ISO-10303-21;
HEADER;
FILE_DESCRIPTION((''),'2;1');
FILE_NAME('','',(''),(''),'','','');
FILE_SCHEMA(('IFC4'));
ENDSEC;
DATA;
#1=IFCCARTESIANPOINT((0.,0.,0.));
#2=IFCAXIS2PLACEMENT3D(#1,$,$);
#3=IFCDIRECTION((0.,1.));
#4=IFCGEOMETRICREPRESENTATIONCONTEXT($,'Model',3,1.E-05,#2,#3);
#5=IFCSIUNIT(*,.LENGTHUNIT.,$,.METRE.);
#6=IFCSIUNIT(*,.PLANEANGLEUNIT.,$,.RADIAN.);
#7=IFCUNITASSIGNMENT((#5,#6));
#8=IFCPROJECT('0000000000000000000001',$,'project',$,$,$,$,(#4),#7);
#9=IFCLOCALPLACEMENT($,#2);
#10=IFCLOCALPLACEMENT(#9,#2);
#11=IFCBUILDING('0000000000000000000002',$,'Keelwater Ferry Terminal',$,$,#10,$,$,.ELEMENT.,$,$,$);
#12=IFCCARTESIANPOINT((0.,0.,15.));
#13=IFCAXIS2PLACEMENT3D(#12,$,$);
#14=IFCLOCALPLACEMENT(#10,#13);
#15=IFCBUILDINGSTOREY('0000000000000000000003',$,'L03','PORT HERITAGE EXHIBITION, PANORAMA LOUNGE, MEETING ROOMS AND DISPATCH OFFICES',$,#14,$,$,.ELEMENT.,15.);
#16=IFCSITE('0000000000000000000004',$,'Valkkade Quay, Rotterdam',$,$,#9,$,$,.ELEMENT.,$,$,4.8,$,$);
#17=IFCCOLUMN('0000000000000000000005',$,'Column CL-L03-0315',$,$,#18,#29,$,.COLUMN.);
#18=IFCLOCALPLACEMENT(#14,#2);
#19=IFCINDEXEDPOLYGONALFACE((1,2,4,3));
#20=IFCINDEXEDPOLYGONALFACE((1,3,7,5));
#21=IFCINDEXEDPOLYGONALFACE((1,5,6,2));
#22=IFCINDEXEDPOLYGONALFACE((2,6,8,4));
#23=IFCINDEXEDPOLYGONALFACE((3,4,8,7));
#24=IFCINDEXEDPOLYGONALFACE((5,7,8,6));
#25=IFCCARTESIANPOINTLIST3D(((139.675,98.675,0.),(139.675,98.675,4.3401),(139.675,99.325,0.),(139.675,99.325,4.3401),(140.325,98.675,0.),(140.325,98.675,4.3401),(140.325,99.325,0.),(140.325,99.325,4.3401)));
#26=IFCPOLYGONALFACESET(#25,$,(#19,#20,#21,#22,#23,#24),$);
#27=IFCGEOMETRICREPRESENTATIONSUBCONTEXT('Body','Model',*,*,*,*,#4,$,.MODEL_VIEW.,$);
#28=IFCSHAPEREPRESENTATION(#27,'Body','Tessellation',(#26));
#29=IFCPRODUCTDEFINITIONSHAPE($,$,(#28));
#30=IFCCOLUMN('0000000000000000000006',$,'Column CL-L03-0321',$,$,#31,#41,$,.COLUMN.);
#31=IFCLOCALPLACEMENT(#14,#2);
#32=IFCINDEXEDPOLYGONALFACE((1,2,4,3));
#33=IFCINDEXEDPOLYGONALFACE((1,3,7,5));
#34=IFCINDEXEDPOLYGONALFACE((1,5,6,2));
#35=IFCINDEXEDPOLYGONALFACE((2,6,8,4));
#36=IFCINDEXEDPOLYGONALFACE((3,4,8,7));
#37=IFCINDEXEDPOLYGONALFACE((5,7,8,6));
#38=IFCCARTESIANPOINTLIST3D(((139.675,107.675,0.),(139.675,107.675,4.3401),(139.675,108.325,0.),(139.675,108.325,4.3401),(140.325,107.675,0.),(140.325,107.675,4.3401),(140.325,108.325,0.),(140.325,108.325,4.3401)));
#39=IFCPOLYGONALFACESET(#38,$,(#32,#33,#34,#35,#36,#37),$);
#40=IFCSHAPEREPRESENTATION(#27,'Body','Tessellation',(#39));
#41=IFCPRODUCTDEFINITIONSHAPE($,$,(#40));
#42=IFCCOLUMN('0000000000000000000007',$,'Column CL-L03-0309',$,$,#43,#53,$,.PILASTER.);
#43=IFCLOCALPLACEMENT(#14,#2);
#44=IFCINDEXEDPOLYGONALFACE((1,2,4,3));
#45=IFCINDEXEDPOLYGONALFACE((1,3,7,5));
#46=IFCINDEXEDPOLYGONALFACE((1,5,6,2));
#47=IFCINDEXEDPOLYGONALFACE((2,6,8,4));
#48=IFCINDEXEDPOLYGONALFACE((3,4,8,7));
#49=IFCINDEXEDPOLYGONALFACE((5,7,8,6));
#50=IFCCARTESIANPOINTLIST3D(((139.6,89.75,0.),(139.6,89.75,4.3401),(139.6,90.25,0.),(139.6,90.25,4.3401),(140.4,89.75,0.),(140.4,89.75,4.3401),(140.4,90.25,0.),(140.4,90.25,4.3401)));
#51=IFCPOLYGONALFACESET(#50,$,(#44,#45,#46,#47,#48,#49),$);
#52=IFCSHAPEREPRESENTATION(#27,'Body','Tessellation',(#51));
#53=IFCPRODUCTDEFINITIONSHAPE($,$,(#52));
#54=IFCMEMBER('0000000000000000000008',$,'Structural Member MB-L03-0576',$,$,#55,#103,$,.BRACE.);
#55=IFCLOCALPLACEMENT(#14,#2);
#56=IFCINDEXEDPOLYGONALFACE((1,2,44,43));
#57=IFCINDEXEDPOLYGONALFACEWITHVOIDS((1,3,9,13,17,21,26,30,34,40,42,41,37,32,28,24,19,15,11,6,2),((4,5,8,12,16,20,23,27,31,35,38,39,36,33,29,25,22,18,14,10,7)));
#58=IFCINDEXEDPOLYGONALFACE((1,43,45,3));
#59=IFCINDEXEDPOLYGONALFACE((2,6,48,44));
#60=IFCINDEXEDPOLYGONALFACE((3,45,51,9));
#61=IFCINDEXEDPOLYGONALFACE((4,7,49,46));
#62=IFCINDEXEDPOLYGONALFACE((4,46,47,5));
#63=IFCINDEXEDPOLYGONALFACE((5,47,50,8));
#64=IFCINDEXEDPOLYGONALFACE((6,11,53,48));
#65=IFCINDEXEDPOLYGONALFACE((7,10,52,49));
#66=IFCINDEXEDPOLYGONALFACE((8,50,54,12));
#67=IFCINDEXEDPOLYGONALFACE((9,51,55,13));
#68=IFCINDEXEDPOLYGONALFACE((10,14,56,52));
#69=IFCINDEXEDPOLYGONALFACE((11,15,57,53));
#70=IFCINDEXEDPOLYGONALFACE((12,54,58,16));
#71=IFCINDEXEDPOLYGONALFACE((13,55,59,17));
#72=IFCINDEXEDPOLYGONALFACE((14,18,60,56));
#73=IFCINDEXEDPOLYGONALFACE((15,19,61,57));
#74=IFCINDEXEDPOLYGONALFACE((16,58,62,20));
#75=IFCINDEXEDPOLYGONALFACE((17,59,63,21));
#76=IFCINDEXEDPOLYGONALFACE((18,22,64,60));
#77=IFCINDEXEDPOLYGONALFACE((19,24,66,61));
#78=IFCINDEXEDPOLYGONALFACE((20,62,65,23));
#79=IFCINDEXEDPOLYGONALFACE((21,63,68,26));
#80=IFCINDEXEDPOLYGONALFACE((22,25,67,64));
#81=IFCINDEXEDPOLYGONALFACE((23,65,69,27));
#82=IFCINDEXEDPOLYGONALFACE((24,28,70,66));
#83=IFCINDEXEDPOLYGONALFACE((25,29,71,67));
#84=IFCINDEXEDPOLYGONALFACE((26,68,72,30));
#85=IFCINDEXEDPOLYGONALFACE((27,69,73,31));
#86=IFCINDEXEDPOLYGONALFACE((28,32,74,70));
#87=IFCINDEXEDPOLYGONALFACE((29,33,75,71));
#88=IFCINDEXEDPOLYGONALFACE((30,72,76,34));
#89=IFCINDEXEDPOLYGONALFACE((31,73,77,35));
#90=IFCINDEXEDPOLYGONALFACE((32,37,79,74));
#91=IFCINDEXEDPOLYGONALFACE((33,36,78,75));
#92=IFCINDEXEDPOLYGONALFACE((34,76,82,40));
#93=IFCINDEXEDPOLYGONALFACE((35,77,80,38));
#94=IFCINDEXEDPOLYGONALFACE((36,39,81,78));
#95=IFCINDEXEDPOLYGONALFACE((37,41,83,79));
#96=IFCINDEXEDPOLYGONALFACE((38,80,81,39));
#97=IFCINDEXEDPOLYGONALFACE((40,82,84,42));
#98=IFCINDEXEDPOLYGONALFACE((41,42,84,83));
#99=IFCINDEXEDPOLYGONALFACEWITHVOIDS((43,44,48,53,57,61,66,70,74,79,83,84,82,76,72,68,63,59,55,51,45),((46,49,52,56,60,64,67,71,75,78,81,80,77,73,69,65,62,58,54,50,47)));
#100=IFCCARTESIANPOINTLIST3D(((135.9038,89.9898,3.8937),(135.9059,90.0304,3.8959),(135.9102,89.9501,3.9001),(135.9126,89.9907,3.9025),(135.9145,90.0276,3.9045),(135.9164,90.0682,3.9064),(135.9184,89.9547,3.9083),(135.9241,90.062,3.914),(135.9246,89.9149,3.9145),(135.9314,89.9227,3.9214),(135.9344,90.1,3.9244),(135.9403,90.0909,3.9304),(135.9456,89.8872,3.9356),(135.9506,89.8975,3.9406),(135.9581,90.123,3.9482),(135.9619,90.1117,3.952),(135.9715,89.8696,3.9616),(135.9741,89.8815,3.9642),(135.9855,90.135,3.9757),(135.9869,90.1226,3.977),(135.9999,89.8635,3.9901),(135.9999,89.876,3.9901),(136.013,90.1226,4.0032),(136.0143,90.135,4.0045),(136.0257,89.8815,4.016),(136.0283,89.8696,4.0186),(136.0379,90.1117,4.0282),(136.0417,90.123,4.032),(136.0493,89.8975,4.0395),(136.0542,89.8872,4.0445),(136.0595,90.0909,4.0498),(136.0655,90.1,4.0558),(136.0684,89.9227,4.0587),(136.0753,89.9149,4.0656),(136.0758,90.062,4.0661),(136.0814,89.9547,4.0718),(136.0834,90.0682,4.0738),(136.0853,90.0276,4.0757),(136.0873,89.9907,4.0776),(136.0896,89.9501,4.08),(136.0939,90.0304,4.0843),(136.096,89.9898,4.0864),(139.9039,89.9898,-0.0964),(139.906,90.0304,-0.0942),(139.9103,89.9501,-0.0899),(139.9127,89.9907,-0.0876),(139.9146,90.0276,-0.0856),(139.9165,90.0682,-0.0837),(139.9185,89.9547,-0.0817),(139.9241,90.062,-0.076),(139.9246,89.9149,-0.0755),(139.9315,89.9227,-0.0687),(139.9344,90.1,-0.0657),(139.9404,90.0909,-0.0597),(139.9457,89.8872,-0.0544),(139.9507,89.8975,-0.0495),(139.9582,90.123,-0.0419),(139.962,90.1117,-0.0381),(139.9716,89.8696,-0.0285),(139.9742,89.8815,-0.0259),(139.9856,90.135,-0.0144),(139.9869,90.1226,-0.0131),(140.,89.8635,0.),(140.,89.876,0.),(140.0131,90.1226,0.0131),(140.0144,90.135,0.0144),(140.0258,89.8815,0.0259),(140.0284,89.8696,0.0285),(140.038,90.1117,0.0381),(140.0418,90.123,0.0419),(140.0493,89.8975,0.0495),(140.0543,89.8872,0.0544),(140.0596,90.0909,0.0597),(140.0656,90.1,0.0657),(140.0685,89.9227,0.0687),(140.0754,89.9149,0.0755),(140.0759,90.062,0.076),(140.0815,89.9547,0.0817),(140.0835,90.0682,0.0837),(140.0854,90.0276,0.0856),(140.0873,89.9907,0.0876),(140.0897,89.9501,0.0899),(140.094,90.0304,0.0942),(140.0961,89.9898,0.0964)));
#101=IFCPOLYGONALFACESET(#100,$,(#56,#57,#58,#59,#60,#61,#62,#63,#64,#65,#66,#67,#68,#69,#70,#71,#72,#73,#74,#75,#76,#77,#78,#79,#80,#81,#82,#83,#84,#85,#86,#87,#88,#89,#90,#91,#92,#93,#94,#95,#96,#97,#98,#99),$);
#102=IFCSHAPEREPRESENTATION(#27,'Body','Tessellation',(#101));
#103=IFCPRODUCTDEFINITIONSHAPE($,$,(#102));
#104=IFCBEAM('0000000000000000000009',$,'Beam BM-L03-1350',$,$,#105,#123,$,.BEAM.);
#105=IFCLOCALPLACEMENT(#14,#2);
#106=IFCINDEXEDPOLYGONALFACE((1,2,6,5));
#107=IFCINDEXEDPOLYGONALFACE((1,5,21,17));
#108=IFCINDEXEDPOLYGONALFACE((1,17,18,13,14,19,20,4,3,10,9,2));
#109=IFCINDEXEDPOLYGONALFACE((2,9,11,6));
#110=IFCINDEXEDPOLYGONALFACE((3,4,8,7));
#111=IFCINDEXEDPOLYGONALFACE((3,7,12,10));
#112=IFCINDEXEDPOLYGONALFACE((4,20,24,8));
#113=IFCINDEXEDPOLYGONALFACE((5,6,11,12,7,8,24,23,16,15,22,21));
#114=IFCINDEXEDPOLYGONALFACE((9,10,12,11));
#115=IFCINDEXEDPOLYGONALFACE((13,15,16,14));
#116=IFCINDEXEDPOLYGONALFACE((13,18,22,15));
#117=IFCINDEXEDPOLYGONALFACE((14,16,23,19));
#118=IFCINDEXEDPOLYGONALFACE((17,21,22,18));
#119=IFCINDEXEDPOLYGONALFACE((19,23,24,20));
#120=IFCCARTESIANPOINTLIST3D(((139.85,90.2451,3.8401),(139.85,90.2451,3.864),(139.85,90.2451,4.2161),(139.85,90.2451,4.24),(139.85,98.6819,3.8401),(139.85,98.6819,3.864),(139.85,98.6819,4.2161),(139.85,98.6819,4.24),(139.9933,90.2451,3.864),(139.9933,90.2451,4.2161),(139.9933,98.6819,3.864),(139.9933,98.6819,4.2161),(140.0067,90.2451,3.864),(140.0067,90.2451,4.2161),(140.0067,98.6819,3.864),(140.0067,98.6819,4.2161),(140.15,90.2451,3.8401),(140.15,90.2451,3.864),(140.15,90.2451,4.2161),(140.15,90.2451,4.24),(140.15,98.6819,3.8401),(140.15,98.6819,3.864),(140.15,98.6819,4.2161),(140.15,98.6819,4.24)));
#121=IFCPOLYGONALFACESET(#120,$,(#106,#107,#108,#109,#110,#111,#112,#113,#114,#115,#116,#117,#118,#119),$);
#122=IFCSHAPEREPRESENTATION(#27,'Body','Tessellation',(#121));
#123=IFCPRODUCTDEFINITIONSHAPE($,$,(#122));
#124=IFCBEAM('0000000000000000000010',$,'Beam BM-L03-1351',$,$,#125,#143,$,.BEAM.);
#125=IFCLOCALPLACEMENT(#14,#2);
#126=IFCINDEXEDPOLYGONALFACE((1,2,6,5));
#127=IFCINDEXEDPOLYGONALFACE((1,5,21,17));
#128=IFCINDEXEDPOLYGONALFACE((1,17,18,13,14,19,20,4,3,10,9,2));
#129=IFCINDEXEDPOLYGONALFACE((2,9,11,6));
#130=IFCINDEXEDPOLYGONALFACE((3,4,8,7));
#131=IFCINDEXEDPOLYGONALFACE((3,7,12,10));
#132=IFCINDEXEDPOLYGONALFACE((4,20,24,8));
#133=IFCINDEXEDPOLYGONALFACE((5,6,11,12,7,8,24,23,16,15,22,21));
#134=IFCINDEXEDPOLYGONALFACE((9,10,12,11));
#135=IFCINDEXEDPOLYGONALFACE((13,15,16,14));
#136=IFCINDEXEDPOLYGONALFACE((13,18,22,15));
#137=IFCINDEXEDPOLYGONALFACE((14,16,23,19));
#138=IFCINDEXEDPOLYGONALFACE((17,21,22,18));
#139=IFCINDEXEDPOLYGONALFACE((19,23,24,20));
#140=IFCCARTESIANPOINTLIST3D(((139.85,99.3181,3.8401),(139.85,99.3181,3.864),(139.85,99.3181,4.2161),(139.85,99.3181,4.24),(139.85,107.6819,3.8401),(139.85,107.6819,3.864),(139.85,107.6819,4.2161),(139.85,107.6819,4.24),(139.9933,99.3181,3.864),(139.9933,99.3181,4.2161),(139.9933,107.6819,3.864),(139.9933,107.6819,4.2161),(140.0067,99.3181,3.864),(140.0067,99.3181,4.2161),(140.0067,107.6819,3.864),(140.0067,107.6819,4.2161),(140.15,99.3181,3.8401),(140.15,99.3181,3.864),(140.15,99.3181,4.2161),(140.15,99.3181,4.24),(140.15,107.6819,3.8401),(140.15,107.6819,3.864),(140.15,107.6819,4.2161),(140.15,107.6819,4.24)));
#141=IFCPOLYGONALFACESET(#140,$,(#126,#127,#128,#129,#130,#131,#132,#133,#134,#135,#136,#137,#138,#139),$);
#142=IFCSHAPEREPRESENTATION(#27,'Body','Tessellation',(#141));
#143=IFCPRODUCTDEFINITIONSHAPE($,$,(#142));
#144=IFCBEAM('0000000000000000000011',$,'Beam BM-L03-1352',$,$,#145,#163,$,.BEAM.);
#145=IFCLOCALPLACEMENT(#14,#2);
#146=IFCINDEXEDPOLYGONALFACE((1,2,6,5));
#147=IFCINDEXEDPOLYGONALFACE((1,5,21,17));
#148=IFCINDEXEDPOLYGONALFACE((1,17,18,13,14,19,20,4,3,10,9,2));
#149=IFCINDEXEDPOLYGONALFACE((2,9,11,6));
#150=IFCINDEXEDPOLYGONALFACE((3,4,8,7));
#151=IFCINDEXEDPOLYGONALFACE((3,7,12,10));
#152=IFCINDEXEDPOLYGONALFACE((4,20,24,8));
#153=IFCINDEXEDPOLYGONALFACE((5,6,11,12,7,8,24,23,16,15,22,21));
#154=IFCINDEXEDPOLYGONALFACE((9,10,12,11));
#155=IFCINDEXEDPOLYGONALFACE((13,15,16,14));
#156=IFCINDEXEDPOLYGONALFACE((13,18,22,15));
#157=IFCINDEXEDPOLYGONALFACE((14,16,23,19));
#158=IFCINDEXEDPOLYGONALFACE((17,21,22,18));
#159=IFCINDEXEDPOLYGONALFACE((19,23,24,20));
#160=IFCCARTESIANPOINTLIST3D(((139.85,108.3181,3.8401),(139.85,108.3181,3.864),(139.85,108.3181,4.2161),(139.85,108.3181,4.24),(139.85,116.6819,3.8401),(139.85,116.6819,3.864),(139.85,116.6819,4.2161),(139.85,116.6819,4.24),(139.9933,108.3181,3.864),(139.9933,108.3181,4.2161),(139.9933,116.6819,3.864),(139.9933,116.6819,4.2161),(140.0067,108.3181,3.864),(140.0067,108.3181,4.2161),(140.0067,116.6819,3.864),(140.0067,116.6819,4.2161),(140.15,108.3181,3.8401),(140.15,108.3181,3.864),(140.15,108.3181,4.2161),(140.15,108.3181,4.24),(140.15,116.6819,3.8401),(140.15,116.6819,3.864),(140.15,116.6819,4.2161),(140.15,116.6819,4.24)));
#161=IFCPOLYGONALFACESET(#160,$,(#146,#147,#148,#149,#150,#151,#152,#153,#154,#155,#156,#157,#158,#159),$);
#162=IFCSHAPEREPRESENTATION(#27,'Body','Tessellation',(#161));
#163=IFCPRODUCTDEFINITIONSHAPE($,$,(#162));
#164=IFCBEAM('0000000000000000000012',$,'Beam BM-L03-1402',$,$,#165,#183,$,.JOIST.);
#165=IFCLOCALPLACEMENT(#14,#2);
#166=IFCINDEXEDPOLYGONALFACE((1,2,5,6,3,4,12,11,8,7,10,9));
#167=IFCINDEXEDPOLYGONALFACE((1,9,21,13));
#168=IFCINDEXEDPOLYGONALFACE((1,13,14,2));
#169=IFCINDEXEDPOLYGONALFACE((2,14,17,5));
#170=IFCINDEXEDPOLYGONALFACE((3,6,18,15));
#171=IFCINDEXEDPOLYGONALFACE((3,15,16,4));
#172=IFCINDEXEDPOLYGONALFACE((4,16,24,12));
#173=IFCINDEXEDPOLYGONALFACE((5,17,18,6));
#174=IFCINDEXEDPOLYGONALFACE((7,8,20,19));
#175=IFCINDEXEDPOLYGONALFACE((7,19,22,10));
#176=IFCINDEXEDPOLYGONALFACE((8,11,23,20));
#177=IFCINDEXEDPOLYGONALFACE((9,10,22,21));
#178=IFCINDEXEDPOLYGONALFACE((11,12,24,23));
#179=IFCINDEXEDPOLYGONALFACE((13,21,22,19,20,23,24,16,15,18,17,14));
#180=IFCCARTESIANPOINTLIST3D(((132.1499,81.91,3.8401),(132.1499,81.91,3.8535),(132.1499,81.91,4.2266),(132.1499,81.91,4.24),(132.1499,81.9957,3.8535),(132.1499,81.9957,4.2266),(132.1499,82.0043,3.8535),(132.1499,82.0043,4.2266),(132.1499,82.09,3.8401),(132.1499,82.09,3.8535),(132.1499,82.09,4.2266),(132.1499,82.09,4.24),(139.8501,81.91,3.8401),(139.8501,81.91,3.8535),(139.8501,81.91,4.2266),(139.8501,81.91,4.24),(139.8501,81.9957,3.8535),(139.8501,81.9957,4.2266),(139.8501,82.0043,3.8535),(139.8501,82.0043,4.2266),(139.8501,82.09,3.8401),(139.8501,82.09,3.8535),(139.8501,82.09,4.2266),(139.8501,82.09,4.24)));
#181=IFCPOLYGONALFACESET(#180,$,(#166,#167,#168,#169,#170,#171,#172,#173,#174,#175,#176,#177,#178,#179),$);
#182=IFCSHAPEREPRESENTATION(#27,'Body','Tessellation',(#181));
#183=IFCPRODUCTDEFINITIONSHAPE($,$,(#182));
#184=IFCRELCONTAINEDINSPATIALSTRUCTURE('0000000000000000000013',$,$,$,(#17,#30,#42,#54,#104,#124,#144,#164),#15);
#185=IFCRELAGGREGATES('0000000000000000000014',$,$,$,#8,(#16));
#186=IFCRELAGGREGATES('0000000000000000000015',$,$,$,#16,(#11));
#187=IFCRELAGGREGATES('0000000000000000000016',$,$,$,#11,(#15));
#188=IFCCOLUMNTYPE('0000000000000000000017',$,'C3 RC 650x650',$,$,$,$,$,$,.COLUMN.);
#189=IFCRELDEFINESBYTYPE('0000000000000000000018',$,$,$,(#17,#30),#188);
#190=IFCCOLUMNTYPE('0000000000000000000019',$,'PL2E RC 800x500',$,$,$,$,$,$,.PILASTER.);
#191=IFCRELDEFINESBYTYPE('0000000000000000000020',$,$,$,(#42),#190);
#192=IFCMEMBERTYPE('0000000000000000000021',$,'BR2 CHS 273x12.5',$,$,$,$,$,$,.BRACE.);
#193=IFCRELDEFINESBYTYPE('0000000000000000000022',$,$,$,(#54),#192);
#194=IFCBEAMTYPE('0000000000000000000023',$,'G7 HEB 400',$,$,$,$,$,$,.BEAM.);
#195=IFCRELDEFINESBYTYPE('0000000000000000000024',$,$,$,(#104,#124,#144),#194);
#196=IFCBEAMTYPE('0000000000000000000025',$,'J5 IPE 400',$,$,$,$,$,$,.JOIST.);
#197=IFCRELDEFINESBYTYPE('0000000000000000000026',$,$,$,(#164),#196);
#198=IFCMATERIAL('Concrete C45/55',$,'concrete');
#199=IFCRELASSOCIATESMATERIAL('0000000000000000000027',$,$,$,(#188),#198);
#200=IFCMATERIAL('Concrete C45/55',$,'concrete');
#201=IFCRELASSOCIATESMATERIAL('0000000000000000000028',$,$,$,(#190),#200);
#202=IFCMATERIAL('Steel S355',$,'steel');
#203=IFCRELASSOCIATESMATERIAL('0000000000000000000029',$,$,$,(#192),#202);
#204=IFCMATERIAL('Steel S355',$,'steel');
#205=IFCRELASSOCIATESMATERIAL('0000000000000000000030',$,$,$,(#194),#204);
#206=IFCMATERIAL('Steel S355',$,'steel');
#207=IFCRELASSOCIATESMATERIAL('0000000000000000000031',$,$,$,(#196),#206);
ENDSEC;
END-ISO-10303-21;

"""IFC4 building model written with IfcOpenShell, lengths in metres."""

from ifc_helpers import new_model, si_unit, direction, frame, origin, origin_2d, place, context, subcontext, project, spatial, rectangle, hollow_circle, i_section, extrude, material, material_profile, profile_set, type_object, element, save


model = new_model("IFC4")

# Units and contexts
model_context = context("Model", 3, precision=1e-05, world=origin(), true_north=direction((0.0, 1.0)))
body_context = subcontext(model_context, "Body", "Model", "MODEL_VIEW")
ifc_project = project(units=[si_unit("LENGTHUNIT", "METRE"), si_unit("PLANEANGLEUNIT", "RADIAN")], contexts=[model_context])

# Site, building, storey
site_placement = place(None, origin())
site = spatial("IfcSite", under=ifc_project, at=site_placement, Name="Valkkade Quay, Rotterdam", CompositionType="ELEMENT", RefElevation=4.8)
building_placement = place(site_placement, origin())
building = spatial("IfcBuilding", under=site, at=building_placement, Name="Keelwater Ferry Terminal", CompositionType="ELEMENT")
storey_placement = place(building_placement, frame((0.0, 0.0, 15.0)))
storey = spatial("IfcBuildingStorey", under=building, at=storey_placement, Name="L03", Description="PORT HERITAGE EXHIBITION, PANORAMA LOUNGE, MEETING ROOMS AND DISPATCH OFFICES", CompositionType="ELEMENT", Elevation=15.0)

# Columns
ifc_material_1 = material(Name="Concrete C45/55", Category="concrete")
ifc_material_profile_1 = material_profile(ifc_material_1, rectangle(XDim=0.6499, YDim=0.6499, at=origin_2d()), Name="RC 650x650")
ifc_profile_set_1 = profile_set([ifc_material_profile_1], Name="Concrete C45/55")
column_type_1 = type_object("IfcColumnType", Name="C3 RC 650x650", PredefinedType="COLUMN", material=ifc_profile_set_1)
for number, where, z_axis, x_axis, name in (
    (1, (140.0, 99.0, 0.0), (0.0, 0.0, 1.0), (1.0, 0.0, 0.0), "Column CL-L03-0315"),
    (2, (140.0, 108.0, 0.0), (0.0, 0.0, 1.0), (1.0, 0.0, 0.0), "Column CL-L03-0321"),
):
    element("IfcColumn", number, at=place(storey_placement, frame(where, z_axis=z_axis, x_axis=x_axis)), inside=storey, type_object=column_type_1, Name=name, PredefinedType="COLUMN", context=body_context, shape_type="SweptSolid", body=[
        extrude(rectangle(XDim=0.6499, YDim=0.6499, at=origin_2d()), origin(), (0.0, 0.0, 1.0), 4.3401),
    ])
ifc_material_2 = material(Name="Concrete C45/55", Category="concrete")
ifc_material_profile_2 = material_profile(ifc_material_2, rectangle(XDim=0.5, YDim=0.8, at=origin_2d()), Name="RC 800x500")
ifc_profile_set_2 = profile_set([ifc_material_profile_2], Name="Concrete C45/55")
column_type_2 = type_object("IfcColumnType", Name="PL2E RC 800x500", PredefinedType="PILASTER", material=ifc_profile_set_2)
column_placement = place(storey_placement, frame((140.0, 90.0, 0.0), z_axis=(0.0, 0.0, 1.0), x_axis=(0.0, 1.0, 0.0)))
element("IfcColumn", 3, at=column_placement, inside=storey, type_object=column_type_2, Name="Column CL-L03-0309", PredefinedType="PILASTER", context=body_context, shape_type="SweptSolid", body=[
    extrude(rectangle(XDim=0.5, YDim=0.8, at=origin_2d()), origin(), (0.0, 0.0, 1.0), 4.3401),
])

# Member
ifc_material_3 = material(Name="Steel S355", Category="steel")
ifc_material_profile_3 = material_profile(ifc_material_3, hollow_circle(Radius=0.1365, WallThickness=0.0125, at=origin_2d()), Name="CHS 273x12.5")
ifc_profile_set_3 = profile_set([ifc_material_profile_3], Name="Steel S355")
member_type = type_object("IfcMemberType", Name="BR2 CHS 273x12.5", PredefinedType="BRACE", material=ifc_profile_set_3)
member_placement = place(storey_placement, frame((140.0, 90.0, 0.0), z_axis=(-0.707992, 0.0, 0.70622), x_axis=(0.0, -1.0, 0.0)))
element("IfcMember", 4, at=member_placement, inside=storey, type_object=member_type, Name="Structural Member MB-L03-0576", PredefinedType="BRACE", context=body_context, shape_type="SweptSolid", body=[
    extrude(hollow_circle(Radius=0.1365, WallThickness=0.0125, at=origin_2d()), origin(), (0.0, 0.0, 1.0), 5.6499),
])

# Beams
ifc_material_4 = material(Name="Steel S355", Category="steel")
ifc_material_profile_4 = material_profile(ifc_material_4, i_section(OverallWidth=0.3, OverallDepth=0.3999, WebThickness=0.0134, FlangeThickness=0.0239, at=origin_2d()), Name="HEB 400")
ifc_profile_set_4 = profile_set([ifc_material_profile_4], Name="Steel S355")
beam_type_1 = type_object("IfcBeamType", Name="G7 HEB 400", PredefinedType="BEAM", material=ifc_profile_set_4)
beam_1_placement = place(storey_placement, frame((140.0, 90.2451, 4.04), z_axis=(0.0, 1.0, 0.0), x_axis=(-1.0, 0.0, 0.0)))
element("IfcBeam", 5, at=beam_1_placement, inside=storey, type_object=beam_type_1, Name="Beam BM-L03-1350", PredefinedType="BEAM", context=body_context, shape_type="SweptSolid", body=[
    extrude(i_section(OverallWidth=0.3, OverallDepth=0.3999, WebThickness=0.0134, FlangeThickness=0.0239, at=origin_2d()), origin(), (0.0, 0.0, 1.0), 8.4368),
])
for number, where, z_axis, x_axis, name in (
    (6, (140.0, 99.3181, 4.04), (0.0, 1.0, 0.0), (-1.0, 0.0, 0.0), "Beam BM-L03-1351"),
    (7, (140.0, 108.3181, 4.04), (0.0, 1.0, 0.0), (-1.0, 0.0, 0.0), "Beam BM-L03-1352"),
):
    element("IfcBeam", number, at=place(storey_placement, frame(where, z_axis=z_axis, x_axis=x_axis)), inside=storey, type_object=beam_type_1, Name=name, PredefinedType="BEAM", context=body_context, shape_type="SweptSolid", body=[
        extrude(i_section(OverallWidth=0.3, OverallDepth=0.3999, WebThickness=0.0134, FlangeThickness=0.0239, at=origin_2d()), origin(), (0.0, 0.0, 1.0), 8.3638),
    ])
ifc_material_5 = material(Name="Steel S355", Category="steel")
ifc_material_profile_5 = material_profile(ifc_material_5, i_section(OverallWidth=0.1799, OverallDepth=0.3999, WebThickness=0.0085, FlangeThickness=0.0134, at=origin_2d()), Name="IPE 400")
ifc_profile_set_5 = profile_set([ifc_material_profile_5], Name="Steel S355")
beam_type_2 = type_object("IfcBeamType", Name="J5 IPE 400", PredefinedType="JOIST", material=ifc_profile_set_5)
for number, where, z_axis, x_axis, name in (
    (8, (132.1499, 82.0, 4.04), (1.0, 0.0, 0.0), (0.0, 1.0, 0.0), "Beam BM-L03-1402"),
):
    element("IfcBeam", number, at=place(storey_placement, frame(where, z_axis=z_axis, x_axis=x_axis)), inside=storey, type_object=beam_type_2, Name=name, PredefinedType="JOIST", context=body_context, shape_type="SweptSolid", body=[
        extrude(i_section(OverallWidth=0.1799, OverallDepth=0.3999, WebThickness=0.0085, FlangeThickness=0.0134, at=origin_2d()), origin(), (0.0, 0.0, 1.0), 7.7002),
    ])

save(model, "model.ifc")
